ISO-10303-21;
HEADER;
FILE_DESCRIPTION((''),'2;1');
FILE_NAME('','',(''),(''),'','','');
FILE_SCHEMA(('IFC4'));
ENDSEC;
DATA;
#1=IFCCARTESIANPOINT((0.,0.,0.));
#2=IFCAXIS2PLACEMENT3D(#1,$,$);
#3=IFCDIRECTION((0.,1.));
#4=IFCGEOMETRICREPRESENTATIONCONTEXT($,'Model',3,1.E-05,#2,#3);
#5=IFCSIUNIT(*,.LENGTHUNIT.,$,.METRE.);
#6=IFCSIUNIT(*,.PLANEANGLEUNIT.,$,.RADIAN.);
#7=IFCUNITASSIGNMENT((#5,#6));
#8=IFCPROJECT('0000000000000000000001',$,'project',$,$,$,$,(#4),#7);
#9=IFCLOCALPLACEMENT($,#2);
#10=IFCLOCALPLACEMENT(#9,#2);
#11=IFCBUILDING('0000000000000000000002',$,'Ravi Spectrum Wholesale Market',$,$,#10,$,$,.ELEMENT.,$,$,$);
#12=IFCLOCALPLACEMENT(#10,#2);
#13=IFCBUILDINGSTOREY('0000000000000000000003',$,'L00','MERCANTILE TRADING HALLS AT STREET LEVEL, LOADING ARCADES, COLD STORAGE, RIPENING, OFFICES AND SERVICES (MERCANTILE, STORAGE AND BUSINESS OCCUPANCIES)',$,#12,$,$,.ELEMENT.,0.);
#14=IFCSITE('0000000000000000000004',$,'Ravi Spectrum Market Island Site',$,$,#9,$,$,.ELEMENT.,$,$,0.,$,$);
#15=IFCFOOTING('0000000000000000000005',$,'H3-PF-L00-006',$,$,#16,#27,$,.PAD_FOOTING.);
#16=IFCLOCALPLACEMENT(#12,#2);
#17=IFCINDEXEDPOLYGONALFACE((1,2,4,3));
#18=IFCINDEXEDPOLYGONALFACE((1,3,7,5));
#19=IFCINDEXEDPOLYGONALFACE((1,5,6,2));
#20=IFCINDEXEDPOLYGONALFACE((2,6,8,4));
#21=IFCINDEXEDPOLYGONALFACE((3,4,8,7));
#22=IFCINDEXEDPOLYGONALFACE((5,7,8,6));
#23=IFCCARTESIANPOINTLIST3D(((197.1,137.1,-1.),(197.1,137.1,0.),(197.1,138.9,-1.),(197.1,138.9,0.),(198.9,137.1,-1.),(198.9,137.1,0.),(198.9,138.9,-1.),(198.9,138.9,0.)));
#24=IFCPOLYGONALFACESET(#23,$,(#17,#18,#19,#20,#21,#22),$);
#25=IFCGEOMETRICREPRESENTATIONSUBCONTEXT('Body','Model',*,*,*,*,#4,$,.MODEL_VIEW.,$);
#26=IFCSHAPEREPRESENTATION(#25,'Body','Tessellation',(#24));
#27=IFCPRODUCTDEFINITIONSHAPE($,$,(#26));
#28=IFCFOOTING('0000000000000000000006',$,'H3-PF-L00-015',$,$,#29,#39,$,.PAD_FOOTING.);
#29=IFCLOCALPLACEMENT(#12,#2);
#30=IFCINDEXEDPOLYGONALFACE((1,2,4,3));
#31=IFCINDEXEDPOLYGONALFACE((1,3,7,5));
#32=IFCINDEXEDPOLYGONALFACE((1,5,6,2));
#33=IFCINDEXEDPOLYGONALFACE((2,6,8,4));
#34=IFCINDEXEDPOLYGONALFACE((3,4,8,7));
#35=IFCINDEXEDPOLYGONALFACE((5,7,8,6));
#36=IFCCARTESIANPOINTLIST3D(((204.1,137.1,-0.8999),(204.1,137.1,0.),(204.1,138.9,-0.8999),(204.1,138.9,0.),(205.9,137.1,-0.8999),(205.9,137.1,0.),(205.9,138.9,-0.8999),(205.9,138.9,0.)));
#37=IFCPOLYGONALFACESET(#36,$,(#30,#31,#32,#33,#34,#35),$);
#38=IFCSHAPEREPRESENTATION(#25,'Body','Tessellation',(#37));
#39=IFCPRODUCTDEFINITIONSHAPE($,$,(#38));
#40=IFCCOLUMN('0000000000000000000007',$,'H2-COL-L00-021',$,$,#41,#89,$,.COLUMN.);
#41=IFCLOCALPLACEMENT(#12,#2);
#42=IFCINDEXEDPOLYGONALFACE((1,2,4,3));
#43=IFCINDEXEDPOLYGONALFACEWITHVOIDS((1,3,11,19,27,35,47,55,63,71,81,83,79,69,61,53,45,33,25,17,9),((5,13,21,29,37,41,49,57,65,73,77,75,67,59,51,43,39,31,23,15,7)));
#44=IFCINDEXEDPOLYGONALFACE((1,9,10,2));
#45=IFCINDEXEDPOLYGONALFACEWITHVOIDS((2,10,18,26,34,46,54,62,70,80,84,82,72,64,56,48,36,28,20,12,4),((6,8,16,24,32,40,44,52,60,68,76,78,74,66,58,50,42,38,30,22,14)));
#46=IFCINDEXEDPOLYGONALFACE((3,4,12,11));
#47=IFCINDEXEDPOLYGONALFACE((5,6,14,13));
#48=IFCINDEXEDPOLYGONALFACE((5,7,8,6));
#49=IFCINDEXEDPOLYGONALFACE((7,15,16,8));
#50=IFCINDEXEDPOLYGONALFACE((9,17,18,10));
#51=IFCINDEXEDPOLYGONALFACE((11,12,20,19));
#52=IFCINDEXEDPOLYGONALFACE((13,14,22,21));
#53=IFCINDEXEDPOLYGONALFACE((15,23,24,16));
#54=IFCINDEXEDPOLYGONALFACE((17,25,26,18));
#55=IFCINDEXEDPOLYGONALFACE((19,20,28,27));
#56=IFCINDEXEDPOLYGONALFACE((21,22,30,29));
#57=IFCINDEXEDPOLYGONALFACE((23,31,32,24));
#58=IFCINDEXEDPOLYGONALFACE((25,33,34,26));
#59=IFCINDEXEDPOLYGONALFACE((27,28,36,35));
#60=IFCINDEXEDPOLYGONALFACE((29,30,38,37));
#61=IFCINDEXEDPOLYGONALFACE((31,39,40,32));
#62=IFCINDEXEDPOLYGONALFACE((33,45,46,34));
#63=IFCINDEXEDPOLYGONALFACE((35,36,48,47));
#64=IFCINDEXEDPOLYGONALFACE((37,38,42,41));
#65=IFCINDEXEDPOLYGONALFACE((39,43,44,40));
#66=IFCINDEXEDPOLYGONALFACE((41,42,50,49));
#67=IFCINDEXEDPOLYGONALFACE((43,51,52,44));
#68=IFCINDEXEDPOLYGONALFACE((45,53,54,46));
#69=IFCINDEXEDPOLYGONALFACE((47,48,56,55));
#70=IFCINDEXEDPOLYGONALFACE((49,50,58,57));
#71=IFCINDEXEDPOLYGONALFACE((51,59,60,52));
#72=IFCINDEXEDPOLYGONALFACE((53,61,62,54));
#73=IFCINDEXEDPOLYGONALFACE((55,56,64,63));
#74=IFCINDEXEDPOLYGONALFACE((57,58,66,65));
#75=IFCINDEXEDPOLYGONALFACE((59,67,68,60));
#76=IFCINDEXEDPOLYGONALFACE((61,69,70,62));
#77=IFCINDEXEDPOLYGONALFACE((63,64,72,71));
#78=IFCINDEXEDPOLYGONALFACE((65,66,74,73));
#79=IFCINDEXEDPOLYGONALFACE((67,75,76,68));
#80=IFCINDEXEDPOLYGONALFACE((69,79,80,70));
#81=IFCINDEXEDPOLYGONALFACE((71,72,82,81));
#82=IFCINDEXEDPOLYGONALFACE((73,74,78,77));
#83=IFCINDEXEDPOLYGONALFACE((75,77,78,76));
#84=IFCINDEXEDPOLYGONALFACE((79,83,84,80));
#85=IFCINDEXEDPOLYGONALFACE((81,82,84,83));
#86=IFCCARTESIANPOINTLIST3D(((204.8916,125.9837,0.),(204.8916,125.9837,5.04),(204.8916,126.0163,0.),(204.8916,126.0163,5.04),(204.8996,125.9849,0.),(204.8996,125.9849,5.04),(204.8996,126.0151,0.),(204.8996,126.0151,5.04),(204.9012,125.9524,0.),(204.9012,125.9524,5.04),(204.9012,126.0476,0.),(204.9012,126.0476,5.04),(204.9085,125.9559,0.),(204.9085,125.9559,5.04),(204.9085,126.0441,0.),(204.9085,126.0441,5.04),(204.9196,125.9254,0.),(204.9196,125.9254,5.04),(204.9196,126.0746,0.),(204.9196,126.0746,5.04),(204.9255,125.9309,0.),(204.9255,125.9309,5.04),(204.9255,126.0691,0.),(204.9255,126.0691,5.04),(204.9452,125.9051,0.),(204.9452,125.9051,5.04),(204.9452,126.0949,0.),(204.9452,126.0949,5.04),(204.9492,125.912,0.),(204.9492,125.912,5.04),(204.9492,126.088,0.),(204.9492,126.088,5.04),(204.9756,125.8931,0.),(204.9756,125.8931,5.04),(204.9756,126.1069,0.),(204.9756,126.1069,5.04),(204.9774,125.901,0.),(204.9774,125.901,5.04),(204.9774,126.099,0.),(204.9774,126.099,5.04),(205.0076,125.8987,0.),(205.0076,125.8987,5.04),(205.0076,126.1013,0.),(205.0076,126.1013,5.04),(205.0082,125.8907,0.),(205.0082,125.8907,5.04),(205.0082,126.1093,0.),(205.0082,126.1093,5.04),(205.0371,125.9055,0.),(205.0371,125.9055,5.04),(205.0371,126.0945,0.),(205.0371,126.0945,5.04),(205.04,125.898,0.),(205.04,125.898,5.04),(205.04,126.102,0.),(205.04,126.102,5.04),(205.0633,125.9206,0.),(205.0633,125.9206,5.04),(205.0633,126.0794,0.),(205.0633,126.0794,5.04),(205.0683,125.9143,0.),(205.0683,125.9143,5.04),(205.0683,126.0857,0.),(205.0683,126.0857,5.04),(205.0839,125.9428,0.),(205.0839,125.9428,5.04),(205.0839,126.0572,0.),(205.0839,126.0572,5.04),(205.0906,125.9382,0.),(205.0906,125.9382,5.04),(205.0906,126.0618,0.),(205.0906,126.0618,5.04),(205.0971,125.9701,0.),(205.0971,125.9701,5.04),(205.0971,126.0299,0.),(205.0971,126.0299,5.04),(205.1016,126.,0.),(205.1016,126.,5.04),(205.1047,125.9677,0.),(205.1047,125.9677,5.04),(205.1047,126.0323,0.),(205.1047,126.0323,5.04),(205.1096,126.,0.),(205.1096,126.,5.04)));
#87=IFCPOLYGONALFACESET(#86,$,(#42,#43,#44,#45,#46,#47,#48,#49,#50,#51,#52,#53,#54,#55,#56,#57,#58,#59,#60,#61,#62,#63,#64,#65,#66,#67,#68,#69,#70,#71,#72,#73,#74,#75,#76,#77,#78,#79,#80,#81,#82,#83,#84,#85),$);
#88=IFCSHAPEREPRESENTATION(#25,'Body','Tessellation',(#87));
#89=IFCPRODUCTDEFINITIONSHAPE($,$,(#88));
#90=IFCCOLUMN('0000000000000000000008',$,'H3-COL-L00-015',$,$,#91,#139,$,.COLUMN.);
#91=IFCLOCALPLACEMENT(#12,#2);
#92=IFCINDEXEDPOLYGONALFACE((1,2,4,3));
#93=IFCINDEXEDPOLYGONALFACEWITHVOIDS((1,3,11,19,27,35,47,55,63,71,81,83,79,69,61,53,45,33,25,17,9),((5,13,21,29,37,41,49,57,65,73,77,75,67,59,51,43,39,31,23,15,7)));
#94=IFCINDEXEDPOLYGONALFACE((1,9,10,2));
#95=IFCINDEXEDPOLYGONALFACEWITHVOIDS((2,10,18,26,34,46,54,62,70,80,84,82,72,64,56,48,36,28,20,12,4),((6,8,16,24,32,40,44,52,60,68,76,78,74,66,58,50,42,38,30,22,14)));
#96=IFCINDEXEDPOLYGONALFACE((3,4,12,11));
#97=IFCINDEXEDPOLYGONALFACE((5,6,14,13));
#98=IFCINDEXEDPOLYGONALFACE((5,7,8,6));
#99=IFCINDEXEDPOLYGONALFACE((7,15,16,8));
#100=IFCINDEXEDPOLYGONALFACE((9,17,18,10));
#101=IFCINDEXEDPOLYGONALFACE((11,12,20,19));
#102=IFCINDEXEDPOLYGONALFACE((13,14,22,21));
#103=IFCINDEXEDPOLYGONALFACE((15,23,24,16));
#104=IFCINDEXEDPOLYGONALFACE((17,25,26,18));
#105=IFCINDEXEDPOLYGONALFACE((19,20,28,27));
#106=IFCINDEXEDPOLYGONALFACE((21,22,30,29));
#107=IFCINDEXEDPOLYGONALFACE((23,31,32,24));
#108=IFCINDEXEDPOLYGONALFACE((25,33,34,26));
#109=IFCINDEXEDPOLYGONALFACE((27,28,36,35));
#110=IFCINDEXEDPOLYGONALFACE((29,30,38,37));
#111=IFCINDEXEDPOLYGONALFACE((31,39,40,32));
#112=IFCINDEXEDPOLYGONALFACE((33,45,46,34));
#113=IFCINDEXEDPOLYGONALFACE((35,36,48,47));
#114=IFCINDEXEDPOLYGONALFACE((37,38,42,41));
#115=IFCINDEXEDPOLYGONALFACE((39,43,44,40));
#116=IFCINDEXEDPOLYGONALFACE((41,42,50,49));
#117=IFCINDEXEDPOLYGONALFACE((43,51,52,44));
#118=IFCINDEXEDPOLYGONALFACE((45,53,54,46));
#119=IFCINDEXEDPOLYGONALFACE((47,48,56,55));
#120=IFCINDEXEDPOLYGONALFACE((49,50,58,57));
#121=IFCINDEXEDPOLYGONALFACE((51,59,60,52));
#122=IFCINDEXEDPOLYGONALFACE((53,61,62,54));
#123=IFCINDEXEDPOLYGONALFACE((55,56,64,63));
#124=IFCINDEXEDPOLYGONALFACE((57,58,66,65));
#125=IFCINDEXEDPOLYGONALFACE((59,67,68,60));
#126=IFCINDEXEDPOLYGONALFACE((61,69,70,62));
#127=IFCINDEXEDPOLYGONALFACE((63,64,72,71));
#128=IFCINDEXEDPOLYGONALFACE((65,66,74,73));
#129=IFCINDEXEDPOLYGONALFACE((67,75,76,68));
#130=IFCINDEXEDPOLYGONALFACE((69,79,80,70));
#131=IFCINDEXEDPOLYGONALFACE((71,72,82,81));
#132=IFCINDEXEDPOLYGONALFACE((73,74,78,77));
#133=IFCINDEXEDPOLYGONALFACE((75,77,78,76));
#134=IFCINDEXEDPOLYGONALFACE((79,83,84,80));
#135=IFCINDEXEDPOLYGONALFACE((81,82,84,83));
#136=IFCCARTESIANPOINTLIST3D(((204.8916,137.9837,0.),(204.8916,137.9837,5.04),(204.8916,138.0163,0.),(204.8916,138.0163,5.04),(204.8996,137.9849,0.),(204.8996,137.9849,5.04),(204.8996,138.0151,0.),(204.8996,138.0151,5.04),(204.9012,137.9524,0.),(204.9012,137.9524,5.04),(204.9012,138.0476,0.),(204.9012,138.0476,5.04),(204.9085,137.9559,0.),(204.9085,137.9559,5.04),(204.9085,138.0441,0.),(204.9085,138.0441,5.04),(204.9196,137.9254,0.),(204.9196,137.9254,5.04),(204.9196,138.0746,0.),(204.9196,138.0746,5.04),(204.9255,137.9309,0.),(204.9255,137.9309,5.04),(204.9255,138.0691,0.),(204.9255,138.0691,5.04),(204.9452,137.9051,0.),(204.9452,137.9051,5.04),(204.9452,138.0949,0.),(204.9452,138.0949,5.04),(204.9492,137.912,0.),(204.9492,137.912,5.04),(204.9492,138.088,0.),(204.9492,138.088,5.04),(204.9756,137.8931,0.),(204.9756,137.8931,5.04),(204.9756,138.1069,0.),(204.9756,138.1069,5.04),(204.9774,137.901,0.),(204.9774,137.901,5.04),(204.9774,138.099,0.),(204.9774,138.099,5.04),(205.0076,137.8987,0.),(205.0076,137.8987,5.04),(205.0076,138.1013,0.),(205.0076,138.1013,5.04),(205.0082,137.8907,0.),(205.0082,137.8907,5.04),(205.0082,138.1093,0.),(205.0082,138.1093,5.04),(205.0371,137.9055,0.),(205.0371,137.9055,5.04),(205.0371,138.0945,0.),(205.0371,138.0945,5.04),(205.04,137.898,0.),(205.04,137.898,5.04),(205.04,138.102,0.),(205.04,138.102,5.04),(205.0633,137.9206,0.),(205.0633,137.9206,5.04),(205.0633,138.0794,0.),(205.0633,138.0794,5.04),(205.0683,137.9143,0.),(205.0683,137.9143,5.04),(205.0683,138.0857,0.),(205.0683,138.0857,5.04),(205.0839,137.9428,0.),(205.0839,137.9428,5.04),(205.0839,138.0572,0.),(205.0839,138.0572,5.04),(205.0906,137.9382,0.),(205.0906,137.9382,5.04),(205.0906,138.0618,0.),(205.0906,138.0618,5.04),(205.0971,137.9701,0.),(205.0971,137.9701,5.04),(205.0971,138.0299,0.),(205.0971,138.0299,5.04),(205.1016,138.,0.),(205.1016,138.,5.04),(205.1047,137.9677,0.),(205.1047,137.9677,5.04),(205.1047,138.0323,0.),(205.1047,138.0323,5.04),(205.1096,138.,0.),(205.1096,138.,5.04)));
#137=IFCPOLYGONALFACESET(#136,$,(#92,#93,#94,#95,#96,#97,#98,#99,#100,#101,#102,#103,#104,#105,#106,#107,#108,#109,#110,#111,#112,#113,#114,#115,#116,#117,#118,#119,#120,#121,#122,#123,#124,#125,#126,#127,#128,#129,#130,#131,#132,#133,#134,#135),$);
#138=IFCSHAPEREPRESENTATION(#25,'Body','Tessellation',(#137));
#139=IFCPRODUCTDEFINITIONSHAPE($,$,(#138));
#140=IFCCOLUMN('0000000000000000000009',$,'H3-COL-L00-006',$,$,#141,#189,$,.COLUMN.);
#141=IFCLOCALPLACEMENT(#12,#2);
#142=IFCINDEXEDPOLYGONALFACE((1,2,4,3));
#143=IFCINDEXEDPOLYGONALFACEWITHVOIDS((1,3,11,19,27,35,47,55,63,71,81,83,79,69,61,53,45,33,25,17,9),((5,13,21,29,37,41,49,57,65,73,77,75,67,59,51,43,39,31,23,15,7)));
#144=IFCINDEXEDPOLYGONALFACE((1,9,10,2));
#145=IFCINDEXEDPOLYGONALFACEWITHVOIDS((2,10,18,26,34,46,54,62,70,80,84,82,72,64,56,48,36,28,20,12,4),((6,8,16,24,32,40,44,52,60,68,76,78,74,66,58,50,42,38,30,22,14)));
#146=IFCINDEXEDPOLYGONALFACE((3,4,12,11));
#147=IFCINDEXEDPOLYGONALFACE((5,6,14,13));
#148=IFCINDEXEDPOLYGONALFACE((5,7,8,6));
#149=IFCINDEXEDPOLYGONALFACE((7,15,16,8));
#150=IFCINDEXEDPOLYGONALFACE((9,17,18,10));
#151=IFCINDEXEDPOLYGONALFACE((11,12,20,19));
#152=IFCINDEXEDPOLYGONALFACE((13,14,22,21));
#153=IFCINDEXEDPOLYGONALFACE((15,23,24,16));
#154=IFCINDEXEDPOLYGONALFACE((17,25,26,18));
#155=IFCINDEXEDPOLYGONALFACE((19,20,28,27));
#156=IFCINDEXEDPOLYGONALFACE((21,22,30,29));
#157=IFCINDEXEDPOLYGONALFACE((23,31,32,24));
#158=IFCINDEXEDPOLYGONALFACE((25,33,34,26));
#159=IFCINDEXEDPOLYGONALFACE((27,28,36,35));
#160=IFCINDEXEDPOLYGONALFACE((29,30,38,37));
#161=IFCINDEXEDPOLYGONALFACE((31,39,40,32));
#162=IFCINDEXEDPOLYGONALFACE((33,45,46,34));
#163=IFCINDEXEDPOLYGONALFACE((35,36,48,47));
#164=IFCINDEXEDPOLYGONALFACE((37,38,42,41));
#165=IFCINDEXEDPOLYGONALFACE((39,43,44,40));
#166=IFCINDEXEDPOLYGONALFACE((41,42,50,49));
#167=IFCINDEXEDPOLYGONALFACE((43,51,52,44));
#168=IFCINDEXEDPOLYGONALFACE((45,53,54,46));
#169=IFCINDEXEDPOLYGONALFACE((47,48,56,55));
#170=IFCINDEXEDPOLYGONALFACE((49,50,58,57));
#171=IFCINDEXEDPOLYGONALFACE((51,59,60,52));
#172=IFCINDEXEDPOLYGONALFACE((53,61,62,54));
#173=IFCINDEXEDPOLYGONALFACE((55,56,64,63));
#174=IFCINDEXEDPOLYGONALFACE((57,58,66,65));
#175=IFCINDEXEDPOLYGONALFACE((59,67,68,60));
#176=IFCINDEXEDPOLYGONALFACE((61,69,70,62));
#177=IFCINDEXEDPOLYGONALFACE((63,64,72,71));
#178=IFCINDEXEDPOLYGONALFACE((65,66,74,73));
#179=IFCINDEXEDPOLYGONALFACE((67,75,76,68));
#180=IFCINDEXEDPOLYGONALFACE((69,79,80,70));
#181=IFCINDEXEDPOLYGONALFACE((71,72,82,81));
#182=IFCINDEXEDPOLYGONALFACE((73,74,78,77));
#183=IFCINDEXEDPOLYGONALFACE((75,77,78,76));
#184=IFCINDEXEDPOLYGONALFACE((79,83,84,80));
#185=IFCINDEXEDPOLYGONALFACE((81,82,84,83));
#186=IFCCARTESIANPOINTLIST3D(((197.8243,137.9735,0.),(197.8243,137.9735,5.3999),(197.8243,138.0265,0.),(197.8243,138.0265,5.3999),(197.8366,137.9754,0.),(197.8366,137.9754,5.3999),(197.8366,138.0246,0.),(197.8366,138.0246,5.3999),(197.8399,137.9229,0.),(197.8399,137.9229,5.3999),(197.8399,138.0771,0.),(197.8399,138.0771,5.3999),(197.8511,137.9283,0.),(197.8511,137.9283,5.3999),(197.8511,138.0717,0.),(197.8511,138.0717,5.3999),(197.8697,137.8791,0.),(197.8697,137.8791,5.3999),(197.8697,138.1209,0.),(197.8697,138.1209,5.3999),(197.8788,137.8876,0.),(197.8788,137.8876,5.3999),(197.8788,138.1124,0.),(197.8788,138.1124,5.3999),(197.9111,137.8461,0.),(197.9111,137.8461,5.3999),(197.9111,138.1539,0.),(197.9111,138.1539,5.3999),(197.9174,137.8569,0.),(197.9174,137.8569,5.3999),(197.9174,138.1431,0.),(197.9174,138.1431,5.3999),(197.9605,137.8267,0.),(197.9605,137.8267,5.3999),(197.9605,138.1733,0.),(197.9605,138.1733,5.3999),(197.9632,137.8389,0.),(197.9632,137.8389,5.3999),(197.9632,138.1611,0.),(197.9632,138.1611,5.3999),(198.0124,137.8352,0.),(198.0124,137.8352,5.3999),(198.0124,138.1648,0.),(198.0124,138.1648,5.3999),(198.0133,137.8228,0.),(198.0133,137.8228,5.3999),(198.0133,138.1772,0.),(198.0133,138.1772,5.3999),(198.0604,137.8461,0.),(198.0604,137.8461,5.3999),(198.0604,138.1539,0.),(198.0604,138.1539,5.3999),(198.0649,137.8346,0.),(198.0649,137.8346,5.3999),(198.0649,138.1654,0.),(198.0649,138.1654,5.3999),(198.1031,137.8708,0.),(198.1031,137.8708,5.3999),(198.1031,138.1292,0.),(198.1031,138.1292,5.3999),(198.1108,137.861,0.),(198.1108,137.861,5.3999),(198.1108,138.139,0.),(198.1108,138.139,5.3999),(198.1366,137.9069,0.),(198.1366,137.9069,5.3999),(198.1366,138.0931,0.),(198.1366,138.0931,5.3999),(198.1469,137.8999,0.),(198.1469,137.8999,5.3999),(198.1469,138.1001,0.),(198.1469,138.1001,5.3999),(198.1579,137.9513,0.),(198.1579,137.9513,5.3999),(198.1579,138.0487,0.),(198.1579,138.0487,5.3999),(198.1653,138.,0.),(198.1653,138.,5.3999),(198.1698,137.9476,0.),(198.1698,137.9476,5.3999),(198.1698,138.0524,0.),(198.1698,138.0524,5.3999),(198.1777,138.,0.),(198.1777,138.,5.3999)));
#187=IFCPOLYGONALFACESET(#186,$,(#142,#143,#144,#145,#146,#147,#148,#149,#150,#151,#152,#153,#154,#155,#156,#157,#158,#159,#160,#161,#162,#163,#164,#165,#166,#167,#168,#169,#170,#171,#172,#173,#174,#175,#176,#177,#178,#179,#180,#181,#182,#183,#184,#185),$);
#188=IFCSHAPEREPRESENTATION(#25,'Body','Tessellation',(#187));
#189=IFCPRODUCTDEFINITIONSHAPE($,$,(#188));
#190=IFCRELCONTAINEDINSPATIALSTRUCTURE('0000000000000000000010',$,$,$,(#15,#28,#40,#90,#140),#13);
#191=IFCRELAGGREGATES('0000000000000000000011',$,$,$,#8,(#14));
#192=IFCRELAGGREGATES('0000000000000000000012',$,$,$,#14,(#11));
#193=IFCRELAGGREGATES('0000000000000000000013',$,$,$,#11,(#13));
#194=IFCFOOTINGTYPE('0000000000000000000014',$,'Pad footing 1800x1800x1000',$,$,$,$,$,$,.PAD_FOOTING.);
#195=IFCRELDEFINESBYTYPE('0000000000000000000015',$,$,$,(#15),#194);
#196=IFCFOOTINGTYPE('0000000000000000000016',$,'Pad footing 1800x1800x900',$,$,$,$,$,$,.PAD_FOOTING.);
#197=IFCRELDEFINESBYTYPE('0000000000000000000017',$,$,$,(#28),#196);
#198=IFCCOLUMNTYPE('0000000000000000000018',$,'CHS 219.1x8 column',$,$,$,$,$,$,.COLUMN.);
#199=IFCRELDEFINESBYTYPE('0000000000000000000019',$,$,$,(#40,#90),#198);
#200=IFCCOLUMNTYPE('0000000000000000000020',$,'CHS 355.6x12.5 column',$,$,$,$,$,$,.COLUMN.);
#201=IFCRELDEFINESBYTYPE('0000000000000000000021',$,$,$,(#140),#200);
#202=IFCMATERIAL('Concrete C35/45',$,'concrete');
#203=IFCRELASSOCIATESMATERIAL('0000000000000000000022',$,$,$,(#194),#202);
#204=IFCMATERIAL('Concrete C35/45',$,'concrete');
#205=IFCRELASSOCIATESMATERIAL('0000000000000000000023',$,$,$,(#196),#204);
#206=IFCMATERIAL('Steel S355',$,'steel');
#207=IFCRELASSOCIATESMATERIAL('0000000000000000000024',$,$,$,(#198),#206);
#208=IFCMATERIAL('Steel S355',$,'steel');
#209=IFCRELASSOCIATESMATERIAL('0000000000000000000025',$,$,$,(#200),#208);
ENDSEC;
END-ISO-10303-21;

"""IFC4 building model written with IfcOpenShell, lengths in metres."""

from ifc_helpers import new_model, si_unit, direction, frame, origin, origin_2d, place, context, subcontext, project, spatial, rectangle, hollow_circle, extrude, material, material_profile, profile_set, type_object, element, save


model = new_model("IFC4")

# Units and contexts
model_context = context("Model", 3, precision=1e-05, world=origin(), true_north=direction((0.0, 1.0)))
body_context = subcontext(model_context, "Body", "Model", "MODEL_VIEW")
ifc_project = project(units=[si_unit("LENGTHUNIT", "METRE"), si_unit("PLANEANGLEUNIT", "RADIAN")], contexts=[model_context])

# Site, building, storey
site_placement = place(None, origin())
site = spatial("IfcSite", under=ifc_project, at=site_placement, Name="Ravi Spectrum Market Island Site", CompositionType="ELEMENT", RefElevation=0.0)
building_placement = place(site_placement, origin())
building = spatial("IfcBuilding", under=site, at=building_placement, Name="Ravi Spectrum Wholesale Market", CompositionType="ELEMENT")
storey_placement = place(building_placement, origin())
storey = spatial("IfcBuildingStorey", under=building, at=storey_placement, Name="L00", Description="MERCANTILE TRADING HALLS AT STREET LEVEL, LOADING ARCADES, COLD STORAGE, RIPENING, OFFICES AND SERVICES (MERCANTILE, STORAGE AND BUSINESS OCCUPANCIES)", CompositionType="ELEMENT", Elevation=0.0)

# Footings
ifc_material_1 = material(Name="Concrete C35/45", Category="concrete")
footing_type_1 = type_object("IfcFootingType", Name="Pad footing 1800x1800x1000", PredefinedType="PAD_FOOTING", material=ifc_material_1)
footing_1_placement = place(storey_placement, frame((198.0, 138.0, -1.0), z_axis=(0.0, 0.0, 1.0), x_axis=(1.0, 0.0, 0.0)))
element("IfcFooting", 1, at=footing_1_placement, inside=storey, type_object=footing_type_1, Name="H3-PF-L00-006", PredefinedType="PAD_FOOTING", context=body_context, shape_type="SweptSolid", body=[
    extrude(rectangle(XDim=1.8, YDim=1.8, at=origin_2d()), origin(), (0.0, 0.0, 1.0), 1.0),
])
ifc_material_2 = material(Name="Concrete C35/45", Category="concrete")
footing_type_2 = type_object("IfcFootingType", Name="Pad footing 1800x1800x900", PredefinedType="PAD_FOOTING", material=ifc_material_2)
footing_2_placement = place(storey_placement, frame((205.0, 138.0, -0.8999), z_axis=(0.0, 0.0, 1.0), x_axis=(1.0, 0.0, 0.0)))
element("IfcFooting", 2, at=footing_2_placement, inside=storey, type_object=footing_type_2, Name="H3-PF-L00-015", PredefinedType="PAD_FOOTING", context=body_context, shape_type="SweptSolid", body=[
    extrude(rectangle(XDim=1.8, YDim=1.8, at=origin_2d()), origin(), (0.0, 0.0, 1.0), 0.8999),
])

# Columns
ifc_material_3 = material(Name="Steel S355", Category="steel")
ifc_material_profile_1 = material_profile(ifc_material_3, hollow_circle(Radius=0.1096, WallThickness=0.0081, at=origin_2d()))
ifc_profile_set_1 = profile_set([ifc_material_profile_1], Name="Steel S355")
column_type_1 = type_object("IfcColumnType", Name="CHS 219.1x8 column", PredefinedType="COLUMN", material=ifc_profile_set_1)
for number, where, z_axis, x_axis, name in (
    (3, (205.0, 126.0, 0.0), (0.0, 0.0, 1.0), (1.0, 0.0, 0.0), "H2-COL-L00-021"),
    (4, (205.0, 138.0, 0.0), (0.0, 0.0, 1.0), (1.0, 0.0, 0.0), "H3-COL-L00-015"),
):
    element("IfcColumn", number, at=place(storey_placement, frame(where, z_axis=z_axis, x_axis=x_axis)), inside=storey, type_object=column_type_1, Name=name, PredefinedType="COLUMN", context=body_context, shape_type="SweptSolid", body=[
        extrude(hollow_circle(Radius=0.1096, WallThickness=0.0081, at=origin_2d()), origin(), (0.0, 0.0, 1.0), 5.04),
    ])
ifc_material_4 = material(Name="Steel S355", Category="steel")
ifc_material_profile_2 = material_profile(ifc_material_4, hollow_circle(Radius=0.1777, WallThickness=0.0125, at=origin_2d()))
ifc_profile_set_2 = profile_set([ifc_material_profile_2], Name="Steel S355")
column_type_2 = type_object("IfcColumnType", Name="CHS 355.6x12.5 column", PredefinedType="COLUMN", material=ifc_profile_set_2)
column_placement = place(storey_placement, frame((198.0, 138.0, 0.0), z_axis=(0.0, 0.0, 1.0), x_axis=(1.0, 0.0, 0.0)))
element("IfcColumn", 5, at=column_placement, inside=storey, type_object=column_type_2, Name="H3-COL-L00-006", PredefinedType="COLUMN", context=body_context, shape_type="SweptSolid", body=[
    extrude(hollow_circle(Radius=0.1777, WallThickness=0.0125, at=origin_2d()), origin(), (0.0, 0.0, 1.0), 5.3999),
])

save(model, "model.ifc")
